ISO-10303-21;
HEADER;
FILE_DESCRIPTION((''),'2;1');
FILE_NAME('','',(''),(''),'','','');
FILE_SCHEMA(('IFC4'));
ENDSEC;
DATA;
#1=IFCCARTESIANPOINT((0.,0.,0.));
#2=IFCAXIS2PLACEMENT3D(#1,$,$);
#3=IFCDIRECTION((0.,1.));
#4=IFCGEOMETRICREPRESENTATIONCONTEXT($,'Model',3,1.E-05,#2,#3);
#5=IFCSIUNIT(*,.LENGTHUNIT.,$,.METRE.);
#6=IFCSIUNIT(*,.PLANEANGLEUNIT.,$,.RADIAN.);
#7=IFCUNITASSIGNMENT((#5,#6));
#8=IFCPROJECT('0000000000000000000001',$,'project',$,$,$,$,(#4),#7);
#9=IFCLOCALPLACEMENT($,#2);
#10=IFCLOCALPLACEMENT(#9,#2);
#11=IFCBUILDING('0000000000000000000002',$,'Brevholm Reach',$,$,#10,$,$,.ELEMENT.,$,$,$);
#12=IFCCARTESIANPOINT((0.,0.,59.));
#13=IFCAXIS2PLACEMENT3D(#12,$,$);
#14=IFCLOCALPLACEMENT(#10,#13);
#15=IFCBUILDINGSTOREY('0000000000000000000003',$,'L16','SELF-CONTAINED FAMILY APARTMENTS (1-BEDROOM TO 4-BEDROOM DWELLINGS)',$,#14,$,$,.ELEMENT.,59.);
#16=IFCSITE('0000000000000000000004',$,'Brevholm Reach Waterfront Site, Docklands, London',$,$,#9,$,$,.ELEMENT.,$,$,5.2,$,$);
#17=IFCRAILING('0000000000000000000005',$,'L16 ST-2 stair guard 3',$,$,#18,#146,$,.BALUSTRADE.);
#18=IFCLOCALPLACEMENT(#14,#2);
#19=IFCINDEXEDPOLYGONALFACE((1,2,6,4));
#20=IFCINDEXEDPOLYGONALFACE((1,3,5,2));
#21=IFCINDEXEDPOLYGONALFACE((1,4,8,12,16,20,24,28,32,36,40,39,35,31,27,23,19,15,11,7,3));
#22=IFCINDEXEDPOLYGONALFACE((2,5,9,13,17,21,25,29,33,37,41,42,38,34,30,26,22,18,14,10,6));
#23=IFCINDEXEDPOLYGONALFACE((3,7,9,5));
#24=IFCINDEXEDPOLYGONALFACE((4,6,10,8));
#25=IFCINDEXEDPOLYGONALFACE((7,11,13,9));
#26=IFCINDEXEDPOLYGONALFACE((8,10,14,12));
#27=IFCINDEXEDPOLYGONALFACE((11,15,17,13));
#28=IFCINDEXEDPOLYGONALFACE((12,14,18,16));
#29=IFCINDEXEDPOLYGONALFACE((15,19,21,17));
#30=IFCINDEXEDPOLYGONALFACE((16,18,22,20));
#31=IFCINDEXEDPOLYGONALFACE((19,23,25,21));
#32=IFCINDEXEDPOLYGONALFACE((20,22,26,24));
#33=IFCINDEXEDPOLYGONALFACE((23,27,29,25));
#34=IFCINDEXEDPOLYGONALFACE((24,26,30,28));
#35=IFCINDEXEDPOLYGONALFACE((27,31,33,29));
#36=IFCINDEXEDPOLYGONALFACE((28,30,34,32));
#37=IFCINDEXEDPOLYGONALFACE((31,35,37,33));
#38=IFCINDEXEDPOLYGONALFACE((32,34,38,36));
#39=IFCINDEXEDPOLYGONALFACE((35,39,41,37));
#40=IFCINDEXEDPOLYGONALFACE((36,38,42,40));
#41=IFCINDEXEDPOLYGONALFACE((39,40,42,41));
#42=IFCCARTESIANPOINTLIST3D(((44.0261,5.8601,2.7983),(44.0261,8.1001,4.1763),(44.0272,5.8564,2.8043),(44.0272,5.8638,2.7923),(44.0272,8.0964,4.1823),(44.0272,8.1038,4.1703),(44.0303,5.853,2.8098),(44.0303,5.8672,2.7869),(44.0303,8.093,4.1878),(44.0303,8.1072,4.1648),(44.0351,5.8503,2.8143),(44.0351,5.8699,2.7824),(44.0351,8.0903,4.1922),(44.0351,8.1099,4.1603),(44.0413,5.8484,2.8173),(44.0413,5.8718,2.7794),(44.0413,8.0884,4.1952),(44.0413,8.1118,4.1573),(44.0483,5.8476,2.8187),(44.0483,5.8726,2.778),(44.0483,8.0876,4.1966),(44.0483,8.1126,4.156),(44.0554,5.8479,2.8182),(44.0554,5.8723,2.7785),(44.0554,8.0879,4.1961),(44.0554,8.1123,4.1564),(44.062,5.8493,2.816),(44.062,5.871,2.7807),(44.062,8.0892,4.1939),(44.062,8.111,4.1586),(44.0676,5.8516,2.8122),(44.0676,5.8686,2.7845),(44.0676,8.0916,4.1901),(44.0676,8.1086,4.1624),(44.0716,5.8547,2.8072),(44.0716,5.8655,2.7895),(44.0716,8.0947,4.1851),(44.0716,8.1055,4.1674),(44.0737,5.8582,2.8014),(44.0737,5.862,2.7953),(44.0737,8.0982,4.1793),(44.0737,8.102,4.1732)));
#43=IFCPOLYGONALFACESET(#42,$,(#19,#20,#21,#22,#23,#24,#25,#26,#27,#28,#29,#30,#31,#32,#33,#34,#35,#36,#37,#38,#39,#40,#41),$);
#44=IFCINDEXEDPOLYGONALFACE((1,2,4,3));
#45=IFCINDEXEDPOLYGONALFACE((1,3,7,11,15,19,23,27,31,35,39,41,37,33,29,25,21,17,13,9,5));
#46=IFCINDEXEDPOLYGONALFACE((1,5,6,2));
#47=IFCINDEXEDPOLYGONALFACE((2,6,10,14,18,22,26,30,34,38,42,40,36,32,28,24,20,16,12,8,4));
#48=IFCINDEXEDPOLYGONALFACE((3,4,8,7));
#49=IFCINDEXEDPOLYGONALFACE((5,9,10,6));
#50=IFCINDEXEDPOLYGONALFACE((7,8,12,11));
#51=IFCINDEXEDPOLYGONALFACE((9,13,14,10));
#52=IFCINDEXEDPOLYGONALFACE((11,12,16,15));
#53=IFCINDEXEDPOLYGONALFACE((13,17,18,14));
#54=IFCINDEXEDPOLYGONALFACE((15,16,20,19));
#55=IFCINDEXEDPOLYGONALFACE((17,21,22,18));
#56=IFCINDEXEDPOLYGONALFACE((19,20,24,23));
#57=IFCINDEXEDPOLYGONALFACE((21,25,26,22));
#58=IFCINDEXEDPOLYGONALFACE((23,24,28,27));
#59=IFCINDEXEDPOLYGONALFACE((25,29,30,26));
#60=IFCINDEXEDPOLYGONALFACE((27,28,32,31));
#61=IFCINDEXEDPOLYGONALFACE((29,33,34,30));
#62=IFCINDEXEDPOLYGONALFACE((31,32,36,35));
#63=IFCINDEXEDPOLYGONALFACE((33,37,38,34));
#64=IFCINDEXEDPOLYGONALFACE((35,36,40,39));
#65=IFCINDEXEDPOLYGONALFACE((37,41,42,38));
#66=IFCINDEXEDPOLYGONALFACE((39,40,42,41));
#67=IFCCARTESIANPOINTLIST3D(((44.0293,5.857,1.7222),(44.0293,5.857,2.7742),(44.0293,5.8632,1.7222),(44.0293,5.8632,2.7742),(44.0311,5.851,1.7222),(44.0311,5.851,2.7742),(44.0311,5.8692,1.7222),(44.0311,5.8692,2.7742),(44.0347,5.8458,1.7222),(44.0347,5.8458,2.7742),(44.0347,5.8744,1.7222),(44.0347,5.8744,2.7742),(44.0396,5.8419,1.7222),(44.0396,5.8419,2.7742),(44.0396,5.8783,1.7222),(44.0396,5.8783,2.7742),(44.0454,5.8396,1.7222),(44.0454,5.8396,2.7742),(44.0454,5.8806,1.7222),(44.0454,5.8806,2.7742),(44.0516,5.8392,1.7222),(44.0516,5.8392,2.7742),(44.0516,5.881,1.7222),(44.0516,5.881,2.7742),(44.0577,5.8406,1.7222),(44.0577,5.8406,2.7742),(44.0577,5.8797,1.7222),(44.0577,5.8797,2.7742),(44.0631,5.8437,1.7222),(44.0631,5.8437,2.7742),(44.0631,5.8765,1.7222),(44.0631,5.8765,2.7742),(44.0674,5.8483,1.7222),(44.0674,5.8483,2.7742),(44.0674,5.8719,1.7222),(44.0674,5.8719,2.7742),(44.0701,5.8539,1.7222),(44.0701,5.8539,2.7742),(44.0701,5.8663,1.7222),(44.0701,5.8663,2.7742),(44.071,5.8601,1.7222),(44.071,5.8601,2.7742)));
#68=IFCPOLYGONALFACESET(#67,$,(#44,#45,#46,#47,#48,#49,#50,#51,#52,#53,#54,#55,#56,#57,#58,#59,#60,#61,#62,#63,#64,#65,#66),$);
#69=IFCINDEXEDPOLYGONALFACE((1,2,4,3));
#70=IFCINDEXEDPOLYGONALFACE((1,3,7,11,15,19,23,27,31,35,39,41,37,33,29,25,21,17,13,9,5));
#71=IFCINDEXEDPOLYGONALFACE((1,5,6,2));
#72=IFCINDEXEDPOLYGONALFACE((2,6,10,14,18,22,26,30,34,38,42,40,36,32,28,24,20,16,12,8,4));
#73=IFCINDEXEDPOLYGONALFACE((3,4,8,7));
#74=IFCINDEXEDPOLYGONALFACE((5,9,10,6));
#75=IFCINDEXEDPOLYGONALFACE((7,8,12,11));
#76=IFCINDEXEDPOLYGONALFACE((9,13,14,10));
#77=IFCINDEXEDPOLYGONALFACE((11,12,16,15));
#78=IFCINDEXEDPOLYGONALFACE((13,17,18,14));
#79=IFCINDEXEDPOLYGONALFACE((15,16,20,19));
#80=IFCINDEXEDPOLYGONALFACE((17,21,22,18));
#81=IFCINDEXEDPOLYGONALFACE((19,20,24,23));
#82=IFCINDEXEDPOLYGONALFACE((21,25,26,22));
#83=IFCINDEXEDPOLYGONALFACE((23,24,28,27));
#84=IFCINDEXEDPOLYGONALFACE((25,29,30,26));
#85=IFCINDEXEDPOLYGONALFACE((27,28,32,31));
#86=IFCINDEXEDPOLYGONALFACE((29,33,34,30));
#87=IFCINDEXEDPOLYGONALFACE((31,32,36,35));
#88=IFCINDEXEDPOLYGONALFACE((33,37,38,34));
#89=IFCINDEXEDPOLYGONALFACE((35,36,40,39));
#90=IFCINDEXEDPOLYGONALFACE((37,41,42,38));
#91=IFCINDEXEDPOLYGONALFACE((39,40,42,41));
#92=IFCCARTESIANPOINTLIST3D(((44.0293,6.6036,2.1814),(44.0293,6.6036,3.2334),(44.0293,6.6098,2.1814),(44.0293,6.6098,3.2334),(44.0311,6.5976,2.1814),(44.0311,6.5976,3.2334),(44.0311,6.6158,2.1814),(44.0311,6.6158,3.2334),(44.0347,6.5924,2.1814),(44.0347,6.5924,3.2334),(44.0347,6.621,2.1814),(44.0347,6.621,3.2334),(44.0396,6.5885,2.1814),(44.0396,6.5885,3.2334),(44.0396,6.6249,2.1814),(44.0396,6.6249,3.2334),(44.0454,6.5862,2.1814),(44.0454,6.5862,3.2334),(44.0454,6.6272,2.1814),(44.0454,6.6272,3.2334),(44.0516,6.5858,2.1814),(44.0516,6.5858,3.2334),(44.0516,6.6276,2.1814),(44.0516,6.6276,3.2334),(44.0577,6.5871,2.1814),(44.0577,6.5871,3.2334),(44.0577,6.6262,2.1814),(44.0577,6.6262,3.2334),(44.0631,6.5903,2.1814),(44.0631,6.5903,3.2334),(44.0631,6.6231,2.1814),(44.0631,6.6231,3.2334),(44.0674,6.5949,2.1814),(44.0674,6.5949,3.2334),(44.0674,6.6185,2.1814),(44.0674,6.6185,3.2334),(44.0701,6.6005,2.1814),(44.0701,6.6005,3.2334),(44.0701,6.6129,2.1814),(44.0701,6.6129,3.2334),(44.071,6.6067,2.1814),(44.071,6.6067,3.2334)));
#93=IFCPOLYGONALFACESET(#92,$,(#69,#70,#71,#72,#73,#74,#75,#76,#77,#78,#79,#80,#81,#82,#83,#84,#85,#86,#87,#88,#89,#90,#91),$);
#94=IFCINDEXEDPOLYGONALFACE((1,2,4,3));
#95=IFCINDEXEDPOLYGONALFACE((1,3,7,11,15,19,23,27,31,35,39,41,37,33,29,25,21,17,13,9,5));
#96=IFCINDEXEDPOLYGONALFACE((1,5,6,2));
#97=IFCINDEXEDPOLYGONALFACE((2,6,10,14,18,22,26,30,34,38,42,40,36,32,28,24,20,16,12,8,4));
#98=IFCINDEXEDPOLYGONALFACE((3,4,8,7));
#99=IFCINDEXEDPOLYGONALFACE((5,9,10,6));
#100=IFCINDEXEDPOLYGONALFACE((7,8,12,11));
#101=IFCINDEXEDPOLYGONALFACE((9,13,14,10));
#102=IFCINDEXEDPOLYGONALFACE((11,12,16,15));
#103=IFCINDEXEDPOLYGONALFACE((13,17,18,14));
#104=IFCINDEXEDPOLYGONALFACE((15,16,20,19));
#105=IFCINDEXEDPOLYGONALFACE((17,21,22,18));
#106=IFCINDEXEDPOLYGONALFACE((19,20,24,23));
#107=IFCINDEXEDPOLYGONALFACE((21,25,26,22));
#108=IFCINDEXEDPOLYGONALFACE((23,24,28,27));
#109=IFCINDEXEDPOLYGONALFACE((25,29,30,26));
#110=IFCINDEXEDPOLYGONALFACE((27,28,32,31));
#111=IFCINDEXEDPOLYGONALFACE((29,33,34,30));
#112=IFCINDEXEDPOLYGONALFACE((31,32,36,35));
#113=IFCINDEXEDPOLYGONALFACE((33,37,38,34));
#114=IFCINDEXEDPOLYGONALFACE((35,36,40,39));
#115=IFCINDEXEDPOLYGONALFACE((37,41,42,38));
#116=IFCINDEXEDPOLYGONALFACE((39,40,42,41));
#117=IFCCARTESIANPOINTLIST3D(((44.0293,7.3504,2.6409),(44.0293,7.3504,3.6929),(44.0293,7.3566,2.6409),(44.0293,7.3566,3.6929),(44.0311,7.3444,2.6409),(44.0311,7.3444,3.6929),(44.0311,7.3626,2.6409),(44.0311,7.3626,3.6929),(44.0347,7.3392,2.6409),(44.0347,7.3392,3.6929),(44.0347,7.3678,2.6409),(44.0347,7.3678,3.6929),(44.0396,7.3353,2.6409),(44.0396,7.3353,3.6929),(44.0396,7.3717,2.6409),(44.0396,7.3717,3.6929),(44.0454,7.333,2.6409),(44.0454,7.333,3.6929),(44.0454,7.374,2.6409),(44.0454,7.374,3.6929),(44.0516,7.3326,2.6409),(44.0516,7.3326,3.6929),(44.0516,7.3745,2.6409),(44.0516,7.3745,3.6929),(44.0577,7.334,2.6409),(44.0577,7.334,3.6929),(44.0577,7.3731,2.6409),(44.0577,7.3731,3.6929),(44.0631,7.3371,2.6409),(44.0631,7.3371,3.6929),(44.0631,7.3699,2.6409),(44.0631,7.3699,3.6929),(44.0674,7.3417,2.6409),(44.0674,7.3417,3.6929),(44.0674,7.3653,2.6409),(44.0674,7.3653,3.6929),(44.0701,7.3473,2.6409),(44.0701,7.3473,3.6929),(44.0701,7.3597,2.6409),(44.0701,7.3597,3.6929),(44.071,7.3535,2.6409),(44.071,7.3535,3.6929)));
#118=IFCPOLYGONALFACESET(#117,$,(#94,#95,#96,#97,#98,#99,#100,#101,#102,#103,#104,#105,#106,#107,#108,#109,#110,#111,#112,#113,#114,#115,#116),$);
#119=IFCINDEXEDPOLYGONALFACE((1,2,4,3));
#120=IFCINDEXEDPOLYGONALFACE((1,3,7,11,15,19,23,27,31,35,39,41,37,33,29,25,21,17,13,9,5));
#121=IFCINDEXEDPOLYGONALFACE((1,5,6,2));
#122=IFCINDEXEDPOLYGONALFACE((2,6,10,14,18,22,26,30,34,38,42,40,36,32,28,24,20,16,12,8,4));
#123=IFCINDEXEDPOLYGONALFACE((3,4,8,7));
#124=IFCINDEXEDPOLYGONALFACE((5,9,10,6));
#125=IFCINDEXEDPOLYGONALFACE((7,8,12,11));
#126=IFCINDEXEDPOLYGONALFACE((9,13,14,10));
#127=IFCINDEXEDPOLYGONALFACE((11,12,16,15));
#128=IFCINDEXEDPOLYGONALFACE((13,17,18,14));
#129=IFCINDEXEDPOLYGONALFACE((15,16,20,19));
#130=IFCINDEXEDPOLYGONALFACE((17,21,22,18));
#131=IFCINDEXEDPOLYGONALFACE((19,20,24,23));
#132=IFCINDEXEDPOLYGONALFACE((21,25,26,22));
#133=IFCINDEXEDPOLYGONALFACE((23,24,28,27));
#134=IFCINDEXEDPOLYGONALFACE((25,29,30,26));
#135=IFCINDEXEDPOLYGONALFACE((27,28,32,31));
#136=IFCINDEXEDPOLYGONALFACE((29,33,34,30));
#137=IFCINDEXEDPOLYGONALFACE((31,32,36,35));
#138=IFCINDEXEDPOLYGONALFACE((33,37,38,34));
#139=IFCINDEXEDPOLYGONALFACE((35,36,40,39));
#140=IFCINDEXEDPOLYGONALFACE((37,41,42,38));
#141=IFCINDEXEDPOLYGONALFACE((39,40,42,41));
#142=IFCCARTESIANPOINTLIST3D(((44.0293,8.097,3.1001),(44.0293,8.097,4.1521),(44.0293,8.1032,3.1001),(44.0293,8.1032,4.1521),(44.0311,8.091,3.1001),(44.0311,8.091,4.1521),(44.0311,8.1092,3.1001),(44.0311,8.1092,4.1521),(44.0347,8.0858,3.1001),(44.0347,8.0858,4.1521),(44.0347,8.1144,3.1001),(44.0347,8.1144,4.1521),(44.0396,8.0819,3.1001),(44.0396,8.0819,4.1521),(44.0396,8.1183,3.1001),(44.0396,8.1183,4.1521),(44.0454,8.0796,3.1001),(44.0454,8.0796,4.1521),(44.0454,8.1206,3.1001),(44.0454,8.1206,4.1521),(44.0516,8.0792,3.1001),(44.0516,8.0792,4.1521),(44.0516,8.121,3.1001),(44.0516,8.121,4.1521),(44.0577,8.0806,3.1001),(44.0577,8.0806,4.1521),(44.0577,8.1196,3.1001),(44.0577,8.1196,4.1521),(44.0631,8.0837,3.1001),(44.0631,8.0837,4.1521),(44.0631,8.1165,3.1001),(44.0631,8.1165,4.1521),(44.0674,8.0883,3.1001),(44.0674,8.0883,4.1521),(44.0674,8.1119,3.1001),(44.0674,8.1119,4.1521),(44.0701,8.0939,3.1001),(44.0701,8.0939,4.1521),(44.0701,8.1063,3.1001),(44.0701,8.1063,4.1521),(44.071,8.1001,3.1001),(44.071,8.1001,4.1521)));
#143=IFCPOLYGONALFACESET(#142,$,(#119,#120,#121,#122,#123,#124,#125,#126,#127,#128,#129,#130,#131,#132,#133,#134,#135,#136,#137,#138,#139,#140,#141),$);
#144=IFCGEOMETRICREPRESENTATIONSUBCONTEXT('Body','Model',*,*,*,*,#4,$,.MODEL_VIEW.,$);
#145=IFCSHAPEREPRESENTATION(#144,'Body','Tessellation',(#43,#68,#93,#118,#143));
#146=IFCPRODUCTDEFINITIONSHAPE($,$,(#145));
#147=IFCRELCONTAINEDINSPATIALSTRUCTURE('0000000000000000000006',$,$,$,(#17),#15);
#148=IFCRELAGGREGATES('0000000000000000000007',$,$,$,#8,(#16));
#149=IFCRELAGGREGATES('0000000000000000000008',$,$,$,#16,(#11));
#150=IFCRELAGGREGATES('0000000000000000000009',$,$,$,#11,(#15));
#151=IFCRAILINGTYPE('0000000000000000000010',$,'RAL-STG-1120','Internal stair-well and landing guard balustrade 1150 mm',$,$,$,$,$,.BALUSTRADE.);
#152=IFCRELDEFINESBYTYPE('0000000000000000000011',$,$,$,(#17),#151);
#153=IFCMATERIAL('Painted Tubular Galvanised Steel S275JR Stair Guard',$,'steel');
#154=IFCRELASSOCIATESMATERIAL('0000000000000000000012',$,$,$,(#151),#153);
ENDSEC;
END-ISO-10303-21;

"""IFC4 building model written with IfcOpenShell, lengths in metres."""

from ifc_helpers import new_model, si_unit, direction, frame, origin, origin_2d, place, context, subcontext, project, spatial, circle, extrude, material, type_object, element, save


model = new_model("IFC4")

# Units and contexts
model_context = context("Model", 3, precision=1e-05, world=origin(), true_north=direction((0.0, 1.0)))
body_context = subcontext(model_context, "Body", "Model", "MODEL_VIEW")
ifc_project = project(units=[si_unit("LENGTHUNIT", "METRE"), si_unit("PLANEANGLEUNIT", "RADIAN")], contexts=[model_context])

# Site, building, storey
site_placement = place(None, origin())
site = spatial("IfcSite", under=ifc_project, at=site_placement, Name="Brevholm Reach Waterfront Site, Docklands, London", CompositionType="ELEMENT", RefElevation=5.2)
building_placement = place(site_placement, origin())
building = spatial("IfcBuilding", under=site, at=building_placement, Name="Brevholm Reach", CompositionType="ELEMENT")
storey_placement = place(building_placement, frame((0.0, 0.0, 59.0)))
storey = spatial("IfcBuildingStorey", under=building, at=storey_placement, Name="L16", Description="SELF-CONTAINED FAMILY APARTMENTS (1-BEDROOM TO 4-BEDROOM DWELLINGS)", CompositionType="ELEMENT", Elevation=59.0)

# Railing
ifc_material_1 = material(Name="Painted Tubular Galvanised Steel S275JR Stair Guard", Category="steel")
railing_type_1 = type_object("IfcRailingType", Name="RAL-STG-1120", Description="Internal stair-well and landing guard balustrade 1150 mm", PredefinedType="BALUSTRADE", material=ifc_material_1)
railing_1_placement = place(storey_placement, frame((44.05, 5.8601, 1.7222)))
element("IfcRailing", 1, at=railing_1_placement, inside=storey, type_object=railing_type_1, Name="L16 ST-2 stair guard 3", PredefinedType="BALUSTRADE", context=body_context, shape_type="SweptSolid", body=[
    extrude(circle(Radius=0.0239, at=origin_2d()), frame((0.0, 0.0, 1.0762), z_axis=(0.0, 0.851748, 0.523952), x_axis=(-1.0, 0.0, 0.0)), (0.0, 0.0, 1.0), 2.6299),
    extrude(circle(Radius=0.021, at=origin_2d()), origin(), (0.0, 0.0, 1.0), 1.052),
    extrude(circle(Radius=0.021, at=origin_2d()), frame((0.0, 0.7466, 0.4592)), (0.0, 0.0, 1.0), 1.052),
    extrude(circle(Radius=0.021, at=origin_2d()), frame((0.0, 1.4934, 0.9187)), (0.0, 0.0, 1.0), 1.052),
    extrude(circle(Radius=0.021, at=origin_2d()), frame((0.0, 2.24, 1.3779)), (0.0, 0.0, 1.0), 1.052),
])

save(model, "model.ifc")
